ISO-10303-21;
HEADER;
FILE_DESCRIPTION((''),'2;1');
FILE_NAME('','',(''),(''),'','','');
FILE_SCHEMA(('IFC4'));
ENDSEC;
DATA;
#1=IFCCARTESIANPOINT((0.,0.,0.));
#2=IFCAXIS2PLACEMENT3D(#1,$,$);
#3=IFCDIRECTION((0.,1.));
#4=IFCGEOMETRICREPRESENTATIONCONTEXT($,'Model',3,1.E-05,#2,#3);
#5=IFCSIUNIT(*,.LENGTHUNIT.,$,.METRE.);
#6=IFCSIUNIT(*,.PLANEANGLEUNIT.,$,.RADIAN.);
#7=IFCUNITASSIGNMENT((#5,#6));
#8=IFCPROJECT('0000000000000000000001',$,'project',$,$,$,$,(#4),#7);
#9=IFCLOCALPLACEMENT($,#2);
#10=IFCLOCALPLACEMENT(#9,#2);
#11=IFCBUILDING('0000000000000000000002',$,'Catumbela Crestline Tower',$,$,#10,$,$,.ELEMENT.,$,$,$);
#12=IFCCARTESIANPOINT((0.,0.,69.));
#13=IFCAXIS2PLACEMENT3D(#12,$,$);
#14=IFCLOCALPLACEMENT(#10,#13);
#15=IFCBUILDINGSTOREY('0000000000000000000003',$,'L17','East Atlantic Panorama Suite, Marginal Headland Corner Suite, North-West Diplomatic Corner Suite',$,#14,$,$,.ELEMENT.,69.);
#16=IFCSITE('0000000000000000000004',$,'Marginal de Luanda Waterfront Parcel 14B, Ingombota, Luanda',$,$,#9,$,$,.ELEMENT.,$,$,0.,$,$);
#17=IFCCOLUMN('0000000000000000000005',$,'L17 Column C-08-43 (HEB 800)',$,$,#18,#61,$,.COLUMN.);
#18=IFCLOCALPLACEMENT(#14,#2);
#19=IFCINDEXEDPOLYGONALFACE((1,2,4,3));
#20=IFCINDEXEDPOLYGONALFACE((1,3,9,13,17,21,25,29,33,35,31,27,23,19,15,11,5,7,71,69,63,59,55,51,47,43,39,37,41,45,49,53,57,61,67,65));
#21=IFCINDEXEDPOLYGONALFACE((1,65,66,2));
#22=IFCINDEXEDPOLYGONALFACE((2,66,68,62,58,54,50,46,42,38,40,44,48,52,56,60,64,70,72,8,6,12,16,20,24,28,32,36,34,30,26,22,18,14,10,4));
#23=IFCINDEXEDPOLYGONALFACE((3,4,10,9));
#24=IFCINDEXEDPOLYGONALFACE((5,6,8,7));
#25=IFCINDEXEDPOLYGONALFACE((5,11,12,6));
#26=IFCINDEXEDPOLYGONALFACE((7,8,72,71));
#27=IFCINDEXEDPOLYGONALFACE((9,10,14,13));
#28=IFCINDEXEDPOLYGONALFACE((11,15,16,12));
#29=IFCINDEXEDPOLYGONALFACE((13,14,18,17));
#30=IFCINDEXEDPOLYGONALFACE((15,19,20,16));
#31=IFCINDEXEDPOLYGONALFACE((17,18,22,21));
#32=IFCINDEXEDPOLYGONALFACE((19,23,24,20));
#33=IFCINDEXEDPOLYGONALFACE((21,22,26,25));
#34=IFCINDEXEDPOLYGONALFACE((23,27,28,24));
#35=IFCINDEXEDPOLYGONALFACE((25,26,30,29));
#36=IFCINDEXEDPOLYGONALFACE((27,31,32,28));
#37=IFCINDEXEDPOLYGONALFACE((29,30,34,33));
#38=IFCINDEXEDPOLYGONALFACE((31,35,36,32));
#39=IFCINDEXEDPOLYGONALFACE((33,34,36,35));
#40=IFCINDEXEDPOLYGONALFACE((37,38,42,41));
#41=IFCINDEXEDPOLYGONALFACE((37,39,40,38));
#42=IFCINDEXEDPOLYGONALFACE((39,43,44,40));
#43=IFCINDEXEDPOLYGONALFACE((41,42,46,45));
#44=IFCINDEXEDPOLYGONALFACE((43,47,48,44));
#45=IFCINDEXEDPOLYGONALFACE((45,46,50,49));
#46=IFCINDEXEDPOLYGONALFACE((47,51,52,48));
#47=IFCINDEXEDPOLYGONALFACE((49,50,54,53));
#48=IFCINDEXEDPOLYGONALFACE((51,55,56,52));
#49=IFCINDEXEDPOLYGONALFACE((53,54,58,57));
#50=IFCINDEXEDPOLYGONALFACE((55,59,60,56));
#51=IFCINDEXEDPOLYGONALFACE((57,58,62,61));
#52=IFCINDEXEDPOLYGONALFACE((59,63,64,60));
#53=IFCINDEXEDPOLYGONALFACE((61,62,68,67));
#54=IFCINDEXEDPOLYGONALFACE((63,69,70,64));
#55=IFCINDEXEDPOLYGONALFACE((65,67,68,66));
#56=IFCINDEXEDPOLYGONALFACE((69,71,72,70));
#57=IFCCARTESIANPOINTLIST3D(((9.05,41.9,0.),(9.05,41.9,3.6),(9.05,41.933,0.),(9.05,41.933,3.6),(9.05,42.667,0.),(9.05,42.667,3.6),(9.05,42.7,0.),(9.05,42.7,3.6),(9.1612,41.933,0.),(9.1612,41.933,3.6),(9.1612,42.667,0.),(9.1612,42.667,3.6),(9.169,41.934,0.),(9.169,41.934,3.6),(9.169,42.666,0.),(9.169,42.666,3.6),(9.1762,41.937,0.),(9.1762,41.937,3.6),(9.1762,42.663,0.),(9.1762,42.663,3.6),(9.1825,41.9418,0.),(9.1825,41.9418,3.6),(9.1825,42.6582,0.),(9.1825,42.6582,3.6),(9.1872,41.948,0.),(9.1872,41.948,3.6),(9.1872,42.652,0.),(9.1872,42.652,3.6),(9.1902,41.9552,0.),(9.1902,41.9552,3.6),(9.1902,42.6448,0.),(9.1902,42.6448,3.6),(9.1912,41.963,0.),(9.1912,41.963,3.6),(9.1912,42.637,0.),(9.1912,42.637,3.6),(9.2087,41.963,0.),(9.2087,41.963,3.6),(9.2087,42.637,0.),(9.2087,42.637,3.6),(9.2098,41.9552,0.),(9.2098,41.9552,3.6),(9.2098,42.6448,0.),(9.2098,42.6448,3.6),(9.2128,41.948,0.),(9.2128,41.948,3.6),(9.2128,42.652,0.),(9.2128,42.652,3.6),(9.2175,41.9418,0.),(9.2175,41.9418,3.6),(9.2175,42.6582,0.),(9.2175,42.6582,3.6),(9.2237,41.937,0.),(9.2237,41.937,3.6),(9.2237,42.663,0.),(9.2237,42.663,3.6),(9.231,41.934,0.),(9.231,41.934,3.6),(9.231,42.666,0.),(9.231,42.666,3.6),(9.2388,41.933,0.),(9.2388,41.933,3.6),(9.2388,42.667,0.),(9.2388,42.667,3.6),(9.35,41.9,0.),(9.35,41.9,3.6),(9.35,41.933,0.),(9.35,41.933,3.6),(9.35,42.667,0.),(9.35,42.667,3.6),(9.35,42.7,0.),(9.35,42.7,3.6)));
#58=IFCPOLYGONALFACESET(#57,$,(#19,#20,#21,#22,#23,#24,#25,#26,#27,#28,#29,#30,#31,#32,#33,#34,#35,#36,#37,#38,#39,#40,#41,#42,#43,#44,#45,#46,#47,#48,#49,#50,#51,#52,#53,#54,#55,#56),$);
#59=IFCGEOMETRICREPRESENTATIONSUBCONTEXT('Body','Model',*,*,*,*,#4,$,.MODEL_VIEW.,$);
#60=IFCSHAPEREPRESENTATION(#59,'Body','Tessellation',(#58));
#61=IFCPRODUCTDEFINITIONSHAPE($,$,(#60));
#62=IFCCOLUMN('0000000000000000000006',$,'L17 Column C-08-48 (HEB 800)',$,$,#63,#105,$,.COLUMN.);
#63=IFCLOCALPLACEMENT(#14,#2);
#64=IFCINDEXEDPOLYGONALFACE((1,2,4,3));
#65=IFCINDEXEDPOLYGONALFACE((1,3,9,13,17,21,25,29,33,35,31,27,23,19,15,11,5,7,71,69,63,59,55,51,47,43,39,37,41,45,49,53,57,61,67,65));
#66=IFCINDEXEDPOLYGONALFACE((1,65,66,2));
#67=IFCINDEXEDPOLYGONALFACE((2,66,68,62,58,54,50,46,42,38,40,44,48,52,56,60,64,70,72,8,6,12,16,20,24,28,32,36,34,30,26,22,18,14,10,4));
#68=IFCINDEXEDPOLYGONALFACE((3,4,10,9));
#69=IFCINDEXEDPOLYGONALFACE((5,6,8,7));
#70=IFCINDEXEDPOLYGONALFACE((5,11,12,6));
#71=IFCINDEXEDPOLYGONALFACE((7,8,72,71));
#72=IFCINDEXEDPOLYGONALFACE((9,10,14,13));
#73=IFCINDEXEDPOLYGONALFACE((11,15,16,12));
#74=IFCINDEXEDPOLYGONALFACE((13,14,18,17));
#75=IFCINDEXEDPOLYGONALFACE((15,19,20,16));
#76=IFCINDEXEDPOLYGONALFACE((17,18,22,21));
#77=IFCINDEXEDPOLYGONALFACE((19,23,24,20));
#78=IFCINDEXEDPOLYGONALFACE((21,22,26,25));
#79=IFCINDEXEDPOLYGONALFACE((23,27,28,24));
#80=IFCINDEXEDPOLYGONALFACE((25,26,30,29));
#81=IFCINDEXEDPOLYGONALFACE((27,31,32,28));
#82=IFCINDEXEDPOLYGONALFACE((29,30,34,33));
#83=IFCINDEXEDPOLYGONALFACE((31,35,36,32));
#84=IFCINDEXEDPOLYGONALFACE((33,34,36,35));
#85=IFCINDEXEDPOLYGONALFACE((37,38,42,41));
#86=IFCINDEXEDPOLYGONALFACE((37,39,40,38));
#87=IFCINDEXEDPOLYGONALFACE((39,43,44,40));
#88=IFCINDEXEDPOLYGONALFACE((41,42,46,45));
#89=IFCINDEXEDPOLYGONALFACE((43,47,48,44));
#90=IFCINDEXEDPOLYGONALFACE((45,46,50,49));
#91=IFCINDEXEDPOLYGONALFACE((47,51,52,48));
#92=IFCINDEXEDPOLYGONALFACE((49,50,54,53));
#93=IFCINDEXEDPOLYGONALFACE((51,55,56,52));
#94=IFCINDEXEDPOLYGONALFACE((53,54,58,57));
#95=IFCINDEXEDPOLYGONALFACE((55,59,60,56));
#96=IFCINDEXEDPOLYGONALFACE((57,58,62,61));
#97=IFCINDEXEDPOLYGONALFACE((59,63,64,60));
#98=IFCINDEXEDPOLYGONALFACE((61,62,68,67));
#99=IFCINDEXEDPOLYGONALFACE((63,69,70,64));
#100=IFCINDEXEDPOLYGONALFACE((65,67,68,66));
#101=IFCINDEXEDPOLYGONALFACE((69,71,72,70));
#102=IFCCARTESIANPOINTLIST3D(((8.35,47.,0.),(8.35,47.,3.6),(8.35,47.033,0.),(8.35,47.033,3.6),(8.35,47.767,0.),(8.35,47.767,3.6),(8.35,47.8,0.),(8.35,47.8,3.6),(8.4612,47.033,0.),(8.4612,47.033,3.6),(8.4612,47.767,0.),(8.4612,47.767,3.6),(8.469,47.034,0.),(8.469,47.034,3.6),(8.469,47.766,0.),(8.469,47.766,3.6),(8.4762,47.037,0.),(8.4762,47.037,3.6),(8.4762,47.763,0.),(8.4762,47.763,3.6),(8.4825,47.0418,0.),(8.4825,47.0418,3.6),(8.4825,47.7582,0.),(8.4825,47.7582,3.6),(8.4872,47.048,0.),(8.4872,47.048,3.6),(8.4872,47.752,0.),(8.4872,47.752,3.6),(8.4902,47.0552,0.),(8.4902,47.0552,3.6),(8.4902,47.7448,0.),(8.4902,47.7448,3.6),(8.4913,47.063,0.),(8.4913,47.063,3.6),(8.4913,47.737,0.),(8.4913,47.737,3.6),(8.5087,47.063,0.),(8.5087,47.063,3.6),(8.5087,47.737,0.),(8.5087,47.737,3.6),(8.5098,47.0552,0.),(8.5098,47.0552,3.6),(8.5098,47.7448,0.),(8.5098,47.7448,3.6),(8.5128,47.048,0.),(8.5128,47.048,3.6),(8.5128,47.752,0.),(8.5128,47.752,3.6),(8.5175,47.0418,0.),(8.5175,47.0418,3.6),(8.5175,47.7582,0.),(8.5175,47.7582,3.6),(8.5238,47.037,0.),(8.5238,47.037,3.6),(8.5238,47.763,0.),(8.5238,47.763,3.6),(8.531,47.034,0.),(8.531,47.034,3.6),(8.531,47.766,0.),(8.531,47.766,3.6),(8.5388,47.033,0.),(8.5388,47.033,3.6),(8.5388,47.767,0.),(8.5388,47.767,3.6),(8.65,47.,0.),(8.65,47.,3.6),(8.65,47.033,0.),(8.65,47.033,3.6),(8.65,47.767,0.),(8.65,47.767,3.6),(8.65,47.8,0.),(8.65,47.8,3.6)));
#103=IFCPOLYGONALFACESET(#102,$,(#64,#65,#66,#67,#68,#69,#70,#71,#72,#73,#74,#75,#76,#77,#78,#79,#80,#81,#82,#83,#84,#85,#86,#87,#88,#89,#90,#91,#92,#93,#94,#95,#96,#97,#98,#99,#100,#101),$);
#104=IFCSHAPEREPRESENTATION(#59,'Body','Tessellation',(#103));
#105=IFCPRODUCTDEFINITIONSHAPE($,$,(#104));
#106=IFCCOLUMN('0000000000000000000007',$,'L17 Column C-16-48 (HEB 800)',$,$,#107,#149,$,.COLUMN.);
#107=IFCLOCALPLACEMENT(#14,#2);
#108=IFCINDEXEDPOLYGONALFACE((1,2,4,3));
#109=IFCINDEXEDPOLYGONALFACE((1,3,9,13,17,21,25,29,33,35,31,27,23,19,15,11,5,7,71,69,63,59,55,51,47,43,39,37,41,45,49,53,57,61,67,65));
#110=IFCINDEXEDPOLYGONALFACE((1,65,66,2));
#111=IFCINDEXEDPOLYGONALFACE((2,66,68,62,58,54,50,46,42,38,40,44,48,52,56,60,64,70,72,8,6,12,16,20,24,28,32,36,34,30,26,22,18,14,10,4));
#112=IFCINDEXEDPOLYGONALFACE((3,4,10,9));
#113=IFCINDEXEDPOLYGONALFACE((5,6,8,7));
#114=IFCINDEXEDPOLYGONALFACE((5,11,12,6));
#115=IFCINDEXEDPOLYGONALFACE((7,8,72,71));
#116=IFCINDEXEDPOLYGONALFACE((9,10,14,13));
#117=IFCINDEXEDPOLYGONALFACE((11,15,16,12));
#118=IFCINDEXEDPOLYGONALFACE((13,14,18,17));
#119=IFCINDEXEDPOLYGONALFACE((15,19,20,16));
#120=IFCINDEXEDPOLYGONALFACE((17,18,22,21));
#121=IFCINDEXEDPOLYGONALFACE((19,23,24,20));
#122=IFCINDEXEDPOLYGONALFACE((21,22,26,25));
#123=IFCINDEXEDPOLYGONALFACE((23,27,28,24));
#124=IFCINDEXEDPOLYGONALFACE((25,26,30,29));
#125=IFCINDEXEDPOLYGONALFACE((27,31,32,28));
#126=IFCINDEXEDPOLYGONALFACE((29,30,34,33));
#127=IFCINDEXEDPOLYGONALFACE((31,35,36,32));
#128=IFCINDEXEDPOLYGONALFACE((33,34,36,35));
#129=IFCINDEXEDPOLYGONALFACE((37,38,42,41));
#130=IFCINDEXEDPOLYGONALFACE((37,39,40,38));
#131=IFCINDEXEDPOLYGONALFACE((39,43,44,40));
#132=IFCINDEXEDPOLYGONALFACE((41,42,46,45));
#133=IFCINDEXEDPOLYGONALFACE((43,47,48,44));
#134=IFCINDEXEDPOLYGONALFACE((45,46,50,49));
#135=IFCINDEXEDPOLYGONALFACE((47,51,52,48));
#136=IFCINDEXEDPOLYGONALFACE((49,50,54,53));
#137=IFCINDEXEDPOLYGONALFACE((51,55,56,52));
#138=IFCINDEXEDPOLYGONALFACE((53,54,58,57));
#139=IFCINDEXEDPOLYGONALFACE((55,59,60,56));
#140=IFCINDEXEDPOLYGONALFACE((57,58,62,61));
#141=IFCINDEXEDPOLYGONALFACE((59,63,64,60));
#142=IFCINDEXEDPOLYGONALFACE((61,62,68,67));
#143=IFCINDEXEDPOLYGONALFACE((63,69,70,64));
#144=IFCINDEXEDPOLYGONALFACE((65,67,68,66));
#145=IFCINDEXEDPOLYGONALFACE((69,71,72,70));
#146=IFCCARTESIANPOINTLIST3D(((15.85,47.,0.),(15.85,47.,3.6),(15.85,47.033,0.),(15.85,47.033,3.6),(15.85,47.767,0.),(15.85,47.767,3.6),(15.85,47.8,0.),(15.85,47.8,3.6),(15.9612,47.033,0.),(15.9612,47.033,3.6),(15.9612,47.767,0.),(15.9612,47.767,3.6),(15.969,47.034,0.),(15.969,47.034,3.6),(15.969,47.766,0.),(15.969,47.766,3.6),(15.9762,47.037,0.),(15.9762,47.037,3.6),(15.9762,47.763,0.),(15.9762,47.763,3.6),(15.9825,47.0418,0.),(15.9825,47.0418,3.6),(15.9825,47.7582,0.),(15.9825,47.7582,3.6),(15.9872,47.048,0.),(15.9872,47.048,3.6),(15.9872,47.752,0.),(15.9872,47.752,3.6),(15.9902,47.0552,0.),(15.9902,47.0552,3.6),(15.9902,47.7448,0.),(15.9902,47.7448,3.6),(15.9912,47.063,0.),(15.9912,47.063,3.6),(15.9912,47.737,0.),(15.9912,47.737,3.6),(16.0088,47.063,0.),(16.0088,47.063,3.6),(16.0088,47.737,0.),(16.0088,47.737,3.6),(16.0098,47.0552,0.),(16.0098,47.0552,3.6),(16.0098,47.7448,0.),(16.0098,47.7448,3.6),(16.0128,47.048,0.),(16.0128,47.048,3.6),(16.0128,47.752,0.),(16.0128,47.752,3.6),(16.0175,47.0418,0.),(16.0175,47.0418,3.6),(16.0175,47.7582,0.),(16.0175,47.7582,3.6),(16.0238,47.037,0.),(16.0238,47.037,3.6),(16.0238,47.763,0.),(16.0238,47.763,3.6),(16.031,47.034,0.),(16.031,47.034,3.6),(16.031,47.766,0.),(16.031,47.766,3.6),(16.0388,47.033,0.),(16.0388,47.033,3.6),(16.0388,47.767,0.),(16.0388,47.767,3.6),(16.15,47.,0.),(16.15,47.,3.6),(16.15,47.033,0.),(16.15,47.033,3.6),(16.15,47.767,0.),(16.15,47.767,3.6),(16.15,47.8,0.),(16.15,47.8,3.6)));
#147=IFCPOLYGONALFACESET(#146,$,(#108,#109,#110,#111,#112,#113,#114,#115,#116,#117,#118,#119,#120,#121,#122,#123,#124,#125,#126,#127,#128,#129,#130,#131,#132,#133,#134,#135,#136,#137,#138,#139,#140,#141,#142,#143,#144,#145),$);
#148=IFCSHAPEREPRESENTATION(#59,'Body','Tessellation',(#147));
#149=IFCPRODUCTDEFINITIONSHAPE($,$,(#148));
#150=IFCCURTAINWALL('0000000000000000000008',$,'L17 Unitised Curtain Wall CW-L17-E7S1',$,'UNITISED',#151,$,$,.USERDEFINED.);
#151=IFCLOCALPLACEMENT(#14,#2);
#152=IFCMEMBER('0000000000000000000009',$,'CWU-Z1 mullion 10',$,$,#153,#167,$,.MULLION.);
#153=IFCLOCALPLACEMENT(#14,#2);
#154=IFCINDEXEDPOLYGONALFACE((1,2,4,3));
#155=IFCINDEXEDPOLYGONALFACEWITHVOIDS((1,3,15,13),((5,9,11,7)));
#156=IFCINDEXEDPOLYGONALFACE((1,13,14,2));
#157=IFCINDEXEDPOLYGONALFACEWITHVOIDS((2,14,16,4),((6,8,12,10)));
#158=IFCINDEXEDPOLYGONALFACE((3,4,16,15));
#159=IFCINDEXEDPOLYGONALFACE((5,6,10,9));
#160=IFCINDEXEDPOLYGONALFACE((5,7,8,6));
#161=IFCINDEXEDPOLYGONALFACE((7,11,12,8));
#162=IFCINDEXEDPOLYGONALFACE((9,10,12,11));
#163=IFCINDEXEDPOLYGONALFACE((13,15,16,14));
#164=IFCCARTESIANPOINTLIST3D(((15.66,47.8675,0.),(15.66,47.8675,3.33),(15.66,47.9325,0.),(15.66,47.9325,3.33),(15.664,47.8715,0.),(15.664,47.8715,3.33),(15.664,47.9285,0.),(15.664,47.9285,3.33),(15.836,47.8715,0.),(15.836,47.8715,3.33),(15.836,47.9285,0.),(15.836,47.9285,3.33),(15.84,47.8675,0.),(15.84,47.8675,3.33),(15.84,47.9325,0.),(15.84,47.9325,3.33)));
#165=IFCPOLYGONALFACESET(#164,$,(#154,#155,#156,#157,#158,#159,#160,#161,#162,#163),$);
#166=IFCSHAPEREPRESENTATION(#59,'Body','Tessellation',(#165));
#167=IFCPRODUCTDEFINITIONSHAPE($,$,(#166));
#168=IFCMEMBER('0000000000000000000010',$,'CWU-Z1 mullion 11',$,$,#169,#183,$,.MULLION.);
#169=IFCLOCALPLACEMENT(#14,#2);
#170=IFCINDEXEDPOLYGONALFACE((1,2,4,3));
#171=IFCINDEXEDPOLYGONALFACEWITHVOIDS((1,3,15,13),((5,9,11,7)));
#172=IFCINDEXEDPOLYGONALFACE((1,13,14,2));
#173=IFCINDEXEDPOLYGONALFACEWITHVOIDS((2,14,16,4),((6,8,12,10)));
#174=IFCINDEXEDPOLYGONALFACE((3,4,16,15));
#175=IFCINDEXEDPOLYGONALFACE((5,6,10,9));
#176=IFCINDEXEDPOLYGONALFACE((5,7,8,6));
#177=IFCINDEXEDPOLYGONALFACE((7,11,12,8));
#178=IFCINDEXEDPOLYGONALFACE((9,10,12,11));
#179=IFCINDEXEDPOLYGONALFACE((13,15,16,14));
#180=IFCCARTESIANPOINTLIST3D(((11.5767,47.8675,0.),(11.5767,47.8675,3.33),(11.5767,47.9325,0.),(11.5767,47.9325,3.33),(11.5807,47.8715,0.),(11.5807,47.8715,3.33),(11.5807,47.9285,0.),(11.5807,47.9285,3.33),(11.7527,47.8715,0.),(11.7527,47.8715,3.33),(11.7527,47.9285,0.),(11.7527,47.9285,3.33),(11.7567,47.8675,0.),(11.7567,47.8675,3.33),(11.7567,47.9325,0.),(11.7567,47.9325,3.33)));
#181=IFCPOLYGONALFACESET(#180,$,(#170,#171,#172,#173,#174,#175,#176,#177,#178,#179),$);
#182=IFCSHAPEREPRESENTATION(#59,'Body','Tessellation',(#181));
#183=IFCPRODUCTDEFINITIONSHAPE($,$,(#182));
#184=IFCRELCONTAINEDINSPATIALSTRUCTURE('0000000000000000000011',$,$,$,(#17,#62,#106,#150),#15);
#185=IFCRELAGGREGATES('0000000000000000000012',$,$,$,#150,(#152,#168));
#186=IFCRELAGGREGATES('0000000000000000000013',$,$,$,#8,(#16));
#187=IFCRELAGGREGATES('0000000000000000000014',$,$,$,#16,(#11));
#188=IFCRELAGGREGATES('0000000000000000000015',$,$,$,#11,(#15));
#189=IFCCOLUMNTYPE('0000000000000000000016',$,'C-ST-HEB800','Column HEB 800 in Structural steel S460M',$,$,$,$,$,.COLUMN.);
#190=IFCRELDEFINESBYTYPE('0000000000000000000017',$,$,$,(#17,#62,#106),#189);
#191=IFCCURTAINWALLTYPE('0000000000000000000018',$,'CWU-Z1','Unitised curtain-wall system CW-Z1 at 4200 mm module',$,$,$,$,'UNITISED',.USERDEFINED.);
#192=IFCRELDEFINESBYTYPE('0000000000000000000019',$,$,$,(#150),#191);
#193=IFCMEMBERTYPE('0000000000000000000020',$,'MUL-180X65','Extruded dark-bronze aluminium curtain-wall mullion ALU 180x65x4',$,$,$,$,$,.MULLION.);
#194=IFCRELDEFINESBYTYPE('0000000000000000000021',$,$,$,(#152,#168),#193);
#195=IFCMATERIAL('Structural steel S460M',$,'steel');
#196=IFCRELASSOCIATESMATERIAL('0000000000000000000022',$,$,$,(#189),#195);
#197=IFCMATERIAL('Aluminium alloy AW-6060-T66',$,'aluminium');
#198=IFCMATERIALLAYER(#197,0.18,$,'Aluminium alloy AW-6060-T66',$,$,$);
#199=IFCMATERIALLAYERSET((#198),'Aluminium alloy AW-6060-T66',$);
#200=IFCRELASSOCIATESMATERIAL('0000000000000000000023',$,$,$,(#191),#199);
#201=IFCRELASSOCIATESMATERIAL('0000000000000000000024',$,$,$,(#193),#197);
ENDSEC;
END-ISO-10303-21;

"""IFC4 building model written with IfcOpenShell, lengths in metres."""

from ifc_helpers import new_model, si_unit, direction, frame, origin, origin_2d, place, context, subcontext, project, spatial, hollow_rectangle, i_section, extrude, material, layer, layer_set, material_profile, profile_set, type_object, element, aggregate, save


model = new_model("IFC4")

# Units and contexts
model_context = context("Model", 3, precision=1e-05, world=origin(), true_north=direction((0.0, 1.0)))
body_context = subcontext(model_context, "Body", "Model", "MODEL_VIEW")
ifc_project = project(units=[si_unit("LENGTHUNIT", "METRE"), si_unit("PLANEANGLEUNIT", "RADIAN")], contexts=[model_context])

# Site, building, storey
site_placement = place(None, origin())
site = spatial("IfcSite", under=ifc_project, at=site_placement, Name="Marginal de Luanda Waterfront Parcel 14B, Ingombota, Luanda", CompositionType="ELEMENT", RefElevation=0.0)
building_placement = place(site_placement, origin())
building = spatial("IfcBuilding", under=site, at=building_placement, Name="Catumbela Crestline Tower", CompositionType="ELEMENT")
storey_placement = place(building_placement, frame((0.0, 0.0, 69.0)))
storey = spatial("IfcBuildingStorey", under=building, at=storey_placement, Name="L17", Description="East Atlantic Panorama Suite, Marginal Headland Corner Suite, North-West Diplomatic Corner Suite", CompositionType="ELEMENT", Elevation=69.0)

# Columns
ifc_material_1 = material(Name="Structural steel S460M", Category="steel")
ifc_material_profile_1 = material_profile(ifc_material_1, i_section(OverallWidth=0.3, OverallDepth=0.8, WebThickness=0.0175, FlangeThickness=0.033, FilletRadius=0.03, at=origin_2d()), Name="HEB 800")
ifc_profile_set_1 = profile_set([ifc_material_profile_1], Name="Structural steel S460M")
column_type = type_object("IfcColumnType", Name="C-ST-HEB800", Description="Column HEB 800 in Structural steel S460M", PredefinedType="COLUMN", material=ifc_profile_set_1)
for number, where, z_axis, x_axis, name in (
    (1, (9.2, 42.3, 0.0), (0.0, 0.0, 1.0), (1.0, 0.0, 0.0), "L17 Column C-08-43 (HEB 800)"),
    (2, (8.5, 47.4, 0.0), (0.0, 0.0, 1.0), (1.0, 0.0, 0.0), "L17 Column C-08-48 (HEB 800)"),
    (3, (16.0, 47.4, 0.0), (0.0, 0.0, 1.0), (1.0, 0.0, 0.0), "L17 Column C-16-48 (HEB 800)"),
):
    element("IfcColumn", number, at=place(storey_placement, frame(where, z_axis=z_axis, x_axis=x_axis)), inside=storey, type_object=column_type, Name=name, PredefinedType="COLUMN", context=body_context, shape_type="SweptSolid", body=[
        extrude(i_section(OverallWidth=0.3, OverallDepth=0.8, WebThickness=0.0175, FlangeThickness=0.033, FilletRadius=0.03, at=origin_2d()), origin(), (0.0, 0.0, 1.0), 3.6),
    ])

# Curtain wall, members
ifc_material_2 = material(Name="Aluminium alloy AW-6060-T66", Category="aluminium")
ifc_layer_1 = layer(ifc_material_2, 0.18, Name="Aluminium alloy AW-6060-T66")
ifc_layer_set_1 = layer_set([ifc_layer_1], Name="Aluminium alloy AW-6060-T66")
curtain_wall_type = type_object("IfcCurtainWallType", Name="CWU-Z1", Description="Unitised curtain-wall system CW-Z1 at 4200 mm module", ElementType="UNITISED", PredefinedType="USERDEFINED", material=ifc_layer_set_1)
curtain_wall_placement = place(storey_placement, origin())
curtain_wall = element("IfcCurtainWall", 4, at=curtain_wall_placement, inside=storey, type_object=curtain_wall_type, Name="L17 Unitised Curtain Wall CW-L17-E7S1", ObjectType="UNITISED", PredefinedType="USERDEFINED")
ifc_material_profile_2 = material_profile(ifc_material_2, hollow_rectangle(XDim=0.065, YDim=0.18, WallThickness=0.004, at=origin_2d()), Name="ALU 180x65x4")
ifc_profile_set_2 = profile_set([ifc_material_profile_2], Name="Aluminium alloy AW-6060-T66")
member_type_1 = type_object("IfcMemberType", Name="MUL-180X65", Description="Extruded dark-bronze aluminium curtain-wall mullion ALU 180x65x4", PredefinedType="MULLION", material=ifc_profile_set_2)
member_1_placement = place(storey_placement, frame((15.75, 47.9, 0.0), z_axis=(0.0, 0.0, 1.0), x_axis=(0.0, -1.0, 0.0)))
member_1 = element("IfcMember", 5, at=member_1_placement, type_object=member_type_1, Name="CWU-Z1 mullion 10", PredefinedType="MULLION", context=body_context, shape_type="SweptSolid", body=[
    extrude(hollow_rectangle(XDim=0.065, YDim=0.18, WallThickness=0.004, at=origin_2d()), origin(), (0.0, 0.0, 1.0), 3.33),
])
member_2_placement = place(storey_placement, frame((11.6667, 47.9, 0.0), z_axis=(0.0, 0.0, 1.0), x_axis=(0.0, -1.0, 0.0)))
member_2 = element("IfcMember", 6, at=member_2_placement, type_object=member_type_1, Name="CWU-Z1 mullion 11", PredefinedType="MULLION", context=body_context, shape_type="SweptSolid", body=[
    extrude(hollow_rectangle(XDim=0.065, YDim=0.18, WallThickness=0.004, at=origin_2d()), origin(), (0.0, 0.0, 1.0), 3.33),
])

aggregate(curtain_wall, [member_1, member_2])

save(model, "model.ifc")
